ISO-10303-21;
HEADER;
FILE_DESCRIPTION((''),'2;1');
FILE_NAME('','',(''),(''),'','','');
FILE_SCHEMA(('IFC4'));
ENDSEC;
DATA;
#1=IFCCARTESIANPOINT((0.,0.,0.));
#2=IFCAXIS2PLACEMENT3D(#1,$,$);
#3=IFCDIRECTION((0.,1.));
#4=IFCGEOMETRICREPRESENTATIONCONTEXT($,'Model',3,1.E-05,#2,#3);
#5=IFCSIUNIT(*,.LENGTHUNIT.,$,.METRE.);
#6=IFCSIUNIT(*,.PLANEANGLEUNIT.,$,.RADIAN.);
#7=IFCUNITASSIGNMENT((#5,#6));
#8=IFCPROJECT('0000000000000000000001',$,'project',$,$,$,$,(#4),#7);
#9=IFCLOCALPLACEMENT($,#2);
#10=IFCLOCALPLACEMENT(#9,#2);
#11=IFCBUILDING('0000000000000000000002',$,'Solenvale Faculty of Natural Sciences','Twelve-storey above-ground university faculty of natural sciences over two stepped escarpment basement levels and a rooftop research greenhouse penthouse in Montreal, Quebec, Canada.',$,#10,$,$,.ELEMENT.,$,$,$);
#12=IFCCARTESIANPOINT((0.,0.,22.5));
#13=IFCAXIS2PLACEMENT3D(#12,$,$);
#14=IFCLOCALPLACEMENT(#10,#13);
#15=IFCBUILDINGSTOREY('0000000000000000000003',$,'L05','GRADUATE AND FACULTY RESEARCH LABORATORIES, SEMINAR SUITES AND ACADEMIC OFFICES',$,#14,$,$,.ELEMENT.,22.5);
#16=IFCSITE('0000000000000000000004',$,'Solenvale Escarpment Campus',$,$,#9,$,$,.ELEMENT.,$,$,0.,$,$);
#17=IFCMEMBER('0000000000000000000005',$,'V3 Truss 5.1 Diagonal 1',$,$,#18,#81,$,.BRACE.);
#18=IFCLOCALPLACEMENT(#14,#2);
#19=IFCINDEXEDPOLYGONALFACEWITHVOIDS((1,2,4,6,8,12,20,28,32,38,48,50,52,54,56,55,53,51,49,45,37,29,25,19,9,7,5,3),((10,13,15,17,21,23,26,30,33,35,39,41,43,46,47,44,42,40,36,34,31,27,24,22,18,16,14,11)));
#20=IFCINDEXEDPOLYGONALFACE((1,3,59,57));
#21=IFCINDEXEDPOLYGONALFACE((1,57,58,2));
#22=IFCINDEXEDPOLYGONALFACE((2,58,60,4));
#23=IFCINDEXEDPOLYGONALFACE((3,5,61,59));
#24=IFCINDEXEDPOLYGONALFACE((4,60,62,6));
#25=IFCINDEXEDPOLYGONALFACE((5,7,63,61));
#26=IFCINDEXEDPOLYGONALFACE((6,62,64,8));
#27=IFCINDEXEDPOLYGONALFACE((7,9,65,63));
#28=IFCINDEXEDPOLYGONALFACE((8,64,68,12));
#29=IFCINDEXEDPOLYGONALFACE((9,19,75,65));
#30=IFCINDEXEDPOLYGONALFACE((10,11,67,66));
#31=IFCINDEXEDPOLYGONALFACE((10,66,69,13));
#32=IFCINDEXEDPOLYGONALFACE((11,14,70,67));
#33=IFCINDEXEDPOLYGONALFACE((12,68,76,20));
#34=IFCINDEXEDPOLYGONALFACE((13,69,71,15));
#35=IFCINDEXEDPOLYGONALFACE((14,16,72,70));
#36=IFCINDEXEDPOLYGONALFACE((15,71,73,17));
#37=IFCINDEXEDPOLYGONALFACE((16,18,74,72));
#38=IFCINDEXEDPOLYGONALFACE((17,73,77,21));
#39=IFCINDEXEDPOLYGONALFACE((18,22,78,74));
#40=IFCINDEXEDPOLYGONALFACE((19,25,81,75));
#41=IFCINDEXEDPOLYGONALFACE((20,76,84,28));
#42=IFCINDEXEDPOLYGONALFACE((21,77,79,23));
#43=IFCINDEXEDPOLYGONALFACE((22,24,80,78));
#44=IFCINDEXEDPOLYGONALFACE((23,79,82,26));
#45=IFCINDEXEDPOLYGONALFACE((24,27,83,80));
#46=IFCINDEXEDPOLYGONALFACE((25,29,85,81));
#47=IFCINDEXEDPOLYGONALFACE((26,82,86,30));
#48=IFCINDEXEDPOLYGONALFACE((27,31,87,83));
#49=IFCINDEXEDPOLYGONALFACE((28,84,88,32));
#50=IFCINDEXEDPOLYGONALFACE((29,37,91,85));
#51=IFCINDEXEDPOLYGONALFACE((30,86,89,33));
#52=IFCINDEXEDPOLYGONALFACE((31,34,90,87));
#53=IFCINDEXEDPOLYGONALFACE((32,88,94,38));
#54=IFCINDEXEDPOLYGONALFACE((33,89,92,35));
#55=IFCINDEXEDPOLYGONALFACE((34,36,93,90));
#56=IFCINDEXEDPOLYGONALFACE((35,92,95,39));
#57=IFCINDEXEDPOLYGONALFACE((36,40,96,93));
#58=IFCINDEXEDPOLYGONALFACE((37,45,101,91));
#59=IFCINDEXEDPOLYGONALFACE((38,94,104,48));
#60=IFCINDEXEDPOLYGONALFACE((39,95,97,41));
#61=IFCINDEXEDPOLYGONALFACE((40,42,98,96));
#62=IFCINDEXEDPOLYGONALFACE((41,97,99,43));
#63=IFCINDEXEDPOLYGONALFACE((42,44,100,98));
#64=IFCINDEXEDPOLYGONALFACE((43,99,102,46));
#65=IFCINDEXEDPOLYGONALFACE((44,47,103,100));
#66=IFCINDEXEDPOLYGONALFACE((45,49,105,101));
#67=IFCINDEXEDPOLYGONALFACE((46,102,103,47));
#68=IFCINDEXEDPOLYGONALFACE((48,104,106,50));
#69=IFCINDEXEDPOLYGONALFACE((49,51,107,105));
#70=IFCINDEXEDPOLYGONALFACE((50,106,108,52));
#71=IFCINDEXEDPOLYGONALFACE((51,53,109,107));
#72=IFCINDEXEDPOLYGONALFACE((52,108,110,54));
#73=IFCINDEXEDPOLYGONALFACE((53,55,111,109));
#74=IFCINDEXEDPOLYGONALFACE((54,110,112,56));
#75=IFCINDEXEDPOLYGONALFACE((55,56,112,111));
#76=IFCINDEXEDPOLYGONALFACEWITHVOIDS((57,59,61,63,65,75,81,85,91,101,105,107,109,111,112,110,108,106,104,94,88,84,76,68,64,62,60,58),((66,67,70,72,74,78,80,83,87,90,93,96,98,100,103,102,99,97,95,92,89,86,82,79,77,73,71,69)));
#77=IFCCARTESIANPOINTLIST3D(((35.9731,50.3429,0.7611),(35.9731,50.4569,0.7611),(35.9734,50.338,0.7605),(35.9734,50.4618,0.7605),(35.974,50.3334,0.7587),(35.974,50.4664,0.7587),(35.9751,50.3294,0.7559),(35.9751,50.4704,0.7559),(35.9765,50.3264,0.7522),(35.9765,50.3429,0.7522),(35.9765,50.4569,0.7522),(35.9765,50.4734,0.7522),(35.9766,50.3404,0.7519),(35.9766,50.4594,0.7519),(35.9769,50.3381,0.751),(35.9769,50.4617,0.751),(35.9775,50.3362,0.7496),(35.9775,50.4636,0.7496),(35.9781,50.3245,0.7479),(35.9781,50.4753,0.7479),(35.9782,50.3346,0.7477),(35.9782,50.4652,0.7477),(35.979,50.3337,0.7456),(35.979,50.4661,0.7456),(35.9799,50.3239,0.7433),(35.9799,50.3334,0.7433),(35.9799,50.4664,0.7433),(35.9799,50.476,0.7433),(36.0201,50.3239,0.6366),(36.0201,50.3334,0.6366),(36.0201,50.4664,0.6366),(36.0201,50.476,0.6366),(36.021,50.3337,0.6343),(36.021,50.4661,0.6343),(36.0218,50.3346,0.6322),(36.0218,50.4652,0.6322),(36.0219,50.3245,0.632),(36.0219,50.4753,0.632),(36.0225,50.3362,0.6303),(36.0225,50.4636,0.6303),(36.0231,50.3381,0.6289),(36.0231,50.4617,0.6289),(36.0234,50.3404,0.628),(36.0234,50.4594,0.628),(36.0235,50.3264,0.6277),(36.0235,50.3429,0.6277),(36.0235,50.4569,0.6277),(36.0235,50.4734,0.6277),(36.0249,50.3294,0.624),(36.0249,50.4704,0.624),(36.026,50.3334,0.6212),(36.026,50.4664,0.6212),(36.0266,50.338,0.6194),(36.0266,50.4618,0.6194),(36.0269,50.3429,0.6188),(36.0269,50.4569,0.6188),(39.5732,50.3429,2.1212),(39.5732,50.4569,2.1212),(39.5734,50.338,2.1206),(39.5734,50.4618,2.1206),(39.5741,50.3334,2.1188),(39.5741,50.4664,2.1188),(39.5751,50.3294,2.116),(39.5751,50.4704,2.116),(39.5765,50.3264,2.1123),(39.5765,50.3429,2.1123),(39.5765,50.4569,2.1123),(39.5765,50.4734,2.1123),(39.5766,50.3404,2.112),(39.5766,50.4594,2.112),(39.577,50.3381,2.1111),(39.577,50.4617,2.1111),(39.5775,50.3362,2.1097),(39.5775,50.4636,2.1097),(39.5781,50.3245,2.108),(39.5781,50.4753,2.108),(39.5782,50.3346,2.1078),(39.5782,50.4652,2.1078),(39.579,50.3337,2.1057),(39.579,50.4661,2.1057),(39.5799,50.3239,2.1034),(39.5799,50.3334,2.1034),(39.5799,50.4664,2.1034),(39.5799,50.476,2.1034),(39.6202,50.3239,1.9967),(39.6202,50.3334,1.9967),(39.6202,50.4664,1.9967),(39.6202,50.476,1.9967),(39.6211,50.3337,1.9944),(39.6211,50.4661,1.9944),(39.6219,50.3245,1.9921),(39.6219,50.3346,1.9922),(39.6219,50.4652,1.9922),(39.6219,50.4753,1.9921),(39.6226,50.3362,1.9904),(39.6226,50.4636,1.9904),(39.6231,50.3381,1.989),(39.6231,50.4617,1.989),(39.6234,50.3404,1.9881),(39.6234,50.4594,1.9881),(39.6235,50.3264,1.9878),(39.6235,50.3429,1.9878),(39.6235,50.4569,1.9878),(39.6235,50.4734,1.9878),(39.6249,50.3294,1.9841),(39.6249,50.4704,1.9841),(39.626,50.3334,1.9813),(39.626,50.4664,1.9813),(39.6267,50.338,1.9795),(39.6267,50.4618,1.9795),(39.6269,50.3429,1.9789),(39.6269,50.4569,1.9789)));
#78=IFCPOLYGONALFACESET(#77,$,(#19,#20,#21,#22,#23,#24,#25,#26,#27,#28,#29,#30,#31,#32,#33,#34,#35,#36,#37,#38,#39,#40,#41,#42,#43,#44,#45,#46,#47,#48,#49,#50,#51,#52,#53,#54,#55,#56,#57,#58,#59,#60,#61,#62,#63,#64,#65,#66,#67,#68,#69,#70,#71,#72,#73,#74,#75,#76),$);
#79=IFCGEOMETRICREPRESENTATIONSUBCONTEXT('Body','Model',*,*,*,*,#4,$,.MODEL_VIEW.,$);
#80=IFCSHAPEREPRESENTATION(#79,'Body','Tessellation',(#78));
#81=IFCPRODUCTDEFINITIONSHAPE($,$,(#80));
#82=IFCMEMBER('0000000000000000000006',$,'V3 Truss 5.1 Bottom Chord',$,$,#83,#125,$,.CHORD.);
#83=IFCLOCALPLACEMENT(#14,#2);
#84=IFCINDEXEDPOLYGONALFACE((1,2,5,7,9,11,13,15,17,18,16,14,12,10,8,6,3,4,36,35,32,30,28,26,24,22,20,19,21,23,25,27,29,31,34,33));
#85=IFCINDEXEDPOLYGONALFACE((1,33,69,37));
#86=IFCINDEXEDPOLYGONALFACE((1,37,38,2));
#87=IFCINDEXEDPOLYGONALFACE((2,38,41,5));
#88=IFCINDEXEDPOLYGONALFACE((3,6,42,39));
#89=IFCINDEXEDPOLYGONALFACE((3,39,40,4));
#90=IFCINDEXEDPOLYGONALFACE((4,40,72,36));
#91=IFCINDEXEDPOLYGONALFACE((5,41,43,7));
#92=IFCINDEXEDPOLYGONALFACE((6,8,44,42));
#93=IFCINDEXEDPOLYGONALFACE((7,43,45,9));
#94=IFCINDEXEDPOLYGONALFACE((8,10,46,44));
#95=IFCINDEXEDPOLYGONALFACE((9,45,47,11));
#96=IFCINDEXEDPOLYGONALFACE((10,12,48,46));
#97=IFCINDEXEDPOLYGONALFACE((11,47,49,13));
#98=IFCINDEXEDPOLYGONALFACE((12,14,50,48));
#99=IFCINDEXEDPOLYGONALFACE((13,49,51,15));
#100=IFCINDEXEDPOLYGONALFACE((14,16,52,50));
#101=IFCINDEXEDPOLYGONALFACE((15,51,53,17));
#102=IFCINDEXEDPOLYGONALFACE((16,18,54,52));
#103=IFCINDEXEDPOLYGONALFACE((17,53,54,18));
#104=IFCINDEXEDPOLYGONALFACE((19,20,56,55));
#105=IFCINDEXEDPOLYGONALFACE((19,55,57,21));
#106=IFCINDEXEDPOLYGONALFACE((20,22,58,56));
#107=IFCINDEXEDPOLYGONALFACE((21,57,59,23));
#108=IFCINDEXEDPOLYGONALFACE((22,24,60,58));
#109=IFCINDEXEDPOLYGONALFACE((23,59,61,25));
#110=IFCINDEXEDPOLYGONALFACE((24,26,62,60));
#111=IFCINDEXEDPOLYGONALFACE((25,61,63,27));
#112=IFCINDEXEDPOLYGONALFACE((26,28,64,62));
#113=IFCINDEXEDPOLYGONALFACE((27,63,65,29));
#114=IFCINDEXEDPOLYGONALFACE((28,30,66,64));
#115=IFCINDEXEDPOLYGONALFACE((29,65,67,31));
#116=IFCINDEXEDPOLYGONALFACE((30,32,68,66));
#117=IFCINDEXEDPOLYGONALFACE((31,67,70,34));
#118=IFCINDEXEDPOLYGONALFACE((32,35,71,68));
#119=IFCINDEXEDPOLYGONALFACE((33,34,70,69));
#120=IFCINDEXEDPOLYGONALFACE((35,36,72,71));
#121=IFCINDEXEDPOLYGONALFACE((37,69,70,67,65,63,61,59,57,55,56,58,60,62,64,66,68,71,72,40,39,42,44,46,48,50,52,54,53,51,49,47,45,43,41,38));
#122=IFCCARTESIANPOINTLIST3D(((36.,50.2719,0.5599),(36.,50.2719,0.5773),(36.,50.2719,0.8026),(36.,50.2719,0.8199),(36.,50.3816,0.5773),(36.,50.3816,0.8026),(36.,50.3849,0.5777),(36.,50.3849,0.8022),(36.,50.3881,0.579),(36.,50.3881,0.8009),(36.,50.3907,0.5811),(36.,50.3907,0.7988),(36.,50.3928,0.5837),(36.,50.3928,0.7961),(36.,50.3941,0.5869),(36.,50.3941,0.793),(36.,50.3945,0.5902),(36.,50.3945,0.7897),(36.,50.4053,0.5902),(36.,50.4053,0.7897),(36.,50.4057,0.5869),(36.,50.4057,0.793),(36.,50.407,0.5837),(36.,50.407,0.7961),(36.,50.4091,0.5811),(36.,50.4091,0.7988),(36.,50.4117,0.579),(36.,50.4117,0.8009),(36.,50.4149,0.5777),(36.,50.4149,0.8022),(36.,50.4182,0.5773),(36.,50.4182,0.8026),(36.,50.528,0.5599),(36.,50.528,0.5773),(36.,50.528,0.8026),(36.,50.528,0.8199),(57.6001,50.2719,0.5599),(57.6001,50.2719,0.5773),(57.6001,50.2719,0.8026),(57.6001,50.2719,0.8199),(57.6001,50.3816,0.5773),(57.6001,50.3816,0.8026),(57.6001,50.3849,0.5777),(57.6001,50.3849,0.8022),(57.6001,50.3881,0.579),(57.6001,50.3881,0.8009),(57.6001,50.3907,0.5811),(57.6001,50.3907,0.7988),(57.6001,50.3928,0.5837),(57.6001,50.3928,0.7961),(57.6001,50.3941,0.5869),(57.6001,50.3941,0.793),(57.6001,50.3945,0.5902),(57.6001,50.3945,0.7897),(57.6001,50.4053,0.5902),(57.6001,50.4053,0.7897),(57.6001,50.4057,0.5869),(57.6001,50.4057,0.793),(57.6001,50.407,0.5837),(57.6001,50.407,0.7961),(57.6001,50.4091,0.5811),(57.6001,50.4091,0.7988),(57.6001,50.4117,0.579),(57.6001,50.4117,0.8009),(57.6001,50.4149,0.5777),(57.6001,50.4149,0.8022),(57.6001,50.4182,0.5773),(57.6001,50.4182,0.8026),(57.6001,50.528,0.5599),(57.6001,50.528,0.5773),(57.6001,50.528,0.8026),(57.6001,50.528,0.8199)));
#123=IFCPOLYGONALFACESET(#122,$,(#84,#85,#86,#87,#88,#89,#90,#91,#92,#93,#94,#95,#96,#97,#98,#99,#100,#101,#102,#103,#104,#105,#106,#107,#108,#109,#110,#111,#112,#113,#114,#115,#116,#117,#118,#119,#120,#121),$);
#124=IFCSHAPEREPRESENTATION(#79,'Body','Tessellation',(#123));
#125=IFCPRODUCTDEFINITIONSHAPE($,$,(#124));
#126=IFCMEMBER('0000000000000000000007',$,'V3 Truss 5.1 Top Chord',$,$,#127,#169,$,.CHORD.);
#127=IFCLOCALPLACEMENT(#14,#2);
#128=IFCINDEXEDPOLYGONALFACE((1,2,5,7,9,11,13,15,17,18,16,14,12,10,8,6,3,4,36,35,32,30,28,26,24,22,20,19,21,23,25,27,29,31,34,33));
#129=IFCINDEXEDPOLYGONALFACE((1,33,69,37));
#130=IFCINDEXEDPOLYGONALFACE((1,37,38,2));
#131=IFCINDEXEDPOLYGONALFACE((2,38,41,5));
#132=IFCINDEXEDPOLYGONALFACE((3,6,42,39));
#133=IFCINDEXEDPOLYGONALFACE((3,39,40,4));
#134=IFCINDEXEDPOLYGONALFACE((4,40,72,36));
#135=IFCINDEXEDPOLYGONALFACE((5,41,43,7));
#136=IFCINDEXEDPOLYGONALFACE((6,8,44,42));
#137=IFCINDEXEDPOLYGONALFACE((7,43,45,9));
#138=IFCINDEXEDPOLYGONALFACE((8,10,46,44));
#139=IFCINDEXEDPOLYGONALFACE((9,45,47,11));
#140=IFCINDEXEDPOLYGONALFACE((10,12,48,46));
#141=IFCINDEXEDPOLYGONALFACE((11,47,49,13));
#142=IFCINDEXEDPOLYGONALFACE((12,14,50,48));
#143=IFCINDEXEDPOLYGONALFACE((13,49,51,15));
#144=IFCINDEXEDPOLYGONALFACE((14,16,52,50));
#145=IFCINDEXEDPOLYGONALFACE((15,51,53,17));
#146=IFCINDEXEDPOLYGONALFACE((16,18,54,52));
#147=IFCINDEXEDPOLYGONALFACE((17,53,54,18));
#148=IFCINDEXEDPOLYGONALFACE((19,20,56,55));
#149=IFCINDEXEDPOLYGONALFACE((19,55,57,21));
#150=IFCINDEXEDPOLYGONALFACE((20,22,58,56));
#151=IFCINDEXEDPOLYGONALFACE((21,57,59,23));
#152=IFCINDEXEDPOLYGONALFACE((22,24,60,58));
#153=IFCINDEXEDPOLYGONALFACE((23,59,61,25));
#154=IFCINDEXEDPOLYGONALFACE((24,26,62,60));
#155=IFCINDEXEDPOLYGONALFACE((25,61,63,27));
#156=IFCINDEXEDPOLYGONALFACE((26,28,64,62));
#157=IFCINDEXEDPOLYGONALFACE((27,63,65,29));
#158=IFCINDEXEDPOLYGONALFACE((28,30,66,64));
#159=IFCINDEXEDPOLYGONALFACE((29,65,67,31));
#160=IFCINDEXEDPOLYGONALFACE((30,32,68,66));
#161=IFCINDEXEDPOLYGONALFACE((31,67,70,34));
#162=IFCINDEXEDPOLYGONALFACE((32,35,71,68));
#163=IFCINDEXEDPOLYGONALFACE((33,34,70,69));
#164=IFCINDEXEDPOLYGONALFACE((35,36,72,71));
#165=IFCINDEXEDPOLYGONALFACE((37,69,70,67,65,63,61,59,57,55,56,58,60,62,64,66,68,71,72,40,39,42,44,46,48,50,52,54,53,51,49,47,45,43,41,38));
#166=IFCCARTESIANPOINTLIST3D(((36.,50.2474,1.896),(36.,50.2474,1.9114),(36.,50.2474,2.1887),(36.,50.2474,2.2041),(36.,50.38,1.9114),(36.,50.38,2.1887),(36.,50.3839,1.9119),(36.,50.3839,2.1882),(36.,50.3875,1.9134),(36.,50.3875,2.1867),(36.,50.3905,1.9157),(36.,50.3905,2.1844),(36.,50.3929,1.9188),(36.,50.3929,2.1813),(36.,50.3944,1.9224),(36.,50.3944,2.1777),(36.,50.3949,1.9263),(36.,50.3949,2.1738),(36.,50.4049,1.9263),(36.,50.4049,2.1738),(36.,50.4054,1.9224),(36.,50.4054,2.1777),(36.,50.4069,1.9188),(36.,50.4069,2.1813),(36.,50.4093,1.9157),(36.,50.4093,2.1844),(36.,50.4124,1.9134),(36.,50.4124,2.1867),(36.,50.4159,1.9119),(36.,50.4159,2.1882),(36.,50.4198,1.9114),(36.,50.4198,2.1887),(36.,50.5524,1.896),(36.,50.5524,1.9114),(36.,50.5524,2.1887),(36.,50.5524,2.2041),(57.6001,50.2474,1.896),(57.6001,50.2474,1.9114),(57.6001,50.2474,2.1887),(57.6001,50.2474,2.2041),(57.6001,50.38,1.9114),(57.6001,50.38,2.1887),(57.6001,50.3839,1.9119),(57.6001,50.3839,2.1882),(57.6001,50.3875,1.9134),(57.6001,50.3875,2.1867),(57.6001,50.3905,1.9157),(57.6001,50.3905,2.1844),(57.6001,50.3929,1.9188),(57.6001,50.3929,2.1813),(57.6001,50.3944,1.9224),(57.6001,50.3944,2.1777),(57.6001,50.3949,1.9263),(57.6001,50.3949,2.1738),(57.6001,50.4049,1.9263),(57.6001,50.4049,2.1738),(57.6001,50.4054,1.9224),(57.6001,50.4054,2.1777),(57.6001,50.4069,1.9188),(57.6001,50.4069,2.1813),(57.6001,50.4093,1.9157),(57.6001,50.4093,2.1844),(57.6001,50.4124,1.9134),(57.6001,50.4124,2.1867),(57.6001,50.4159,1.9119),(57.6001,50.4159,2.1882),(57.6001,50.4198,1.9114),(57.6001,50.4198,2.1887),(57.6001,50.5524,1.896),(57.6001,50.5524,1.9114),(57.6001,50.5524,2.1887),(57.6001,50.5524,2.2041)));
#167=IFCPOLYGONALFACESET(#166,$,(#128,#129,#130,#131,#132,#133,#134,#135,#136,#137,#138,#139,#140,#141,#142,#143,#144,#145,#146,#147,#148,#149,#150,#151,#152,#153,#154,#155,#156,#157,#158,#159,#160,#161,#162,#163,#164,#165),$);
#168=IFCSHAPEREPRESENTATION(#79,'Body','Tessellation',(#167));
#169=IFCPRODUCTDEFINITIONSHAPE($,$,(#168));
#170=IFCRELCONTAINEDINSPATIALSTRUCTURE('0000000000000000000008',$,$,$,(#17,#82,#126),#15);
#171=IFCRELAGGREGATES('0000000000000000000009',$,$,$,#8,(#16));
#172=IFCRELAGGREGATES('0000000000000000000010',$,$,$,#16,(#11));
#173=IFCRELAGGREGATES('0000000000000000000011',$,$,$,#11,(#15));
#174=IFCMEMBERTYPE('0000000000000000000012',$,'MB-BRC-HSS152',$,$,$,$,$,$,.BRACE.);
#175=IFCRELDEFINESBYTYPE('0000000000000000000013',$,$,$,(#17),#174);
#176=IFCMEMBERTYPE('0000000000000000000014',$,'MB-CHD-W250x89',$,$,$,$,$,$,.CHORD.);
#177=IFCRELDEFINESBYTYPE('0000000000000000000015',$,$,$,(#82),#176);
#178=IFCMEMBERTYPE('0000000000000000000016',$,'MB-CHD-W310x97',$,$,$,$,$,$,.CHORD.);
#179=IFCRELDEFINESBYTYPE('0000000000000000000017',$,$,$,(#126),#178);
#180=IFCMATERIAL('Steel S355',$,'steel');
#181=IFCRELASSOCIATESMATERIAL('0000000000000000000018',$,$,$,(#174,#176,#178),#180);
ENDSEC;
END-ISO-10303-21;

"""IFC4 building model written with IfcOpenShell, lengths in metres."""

from ifc_helpers import new_model, si_unit, direction, frame, origin, origin_2d, place, context, subcontext, project, spatial, hollow_rectangle, i_section, extrude, material, material_profile, profile_set, type_object, element, save


model = new_model("IFC4")

# Units and contexts
model_context = context("Model", 3, precision=1e-05, world=origin(), true_north=direction((0.0, 1.0)))
body_context = subcontext(model_context, "Body", "Model", "MODEL_VIEW")
ifc_project = project(units=[si_unit("LENGTHUNIT", "METRE"), si_unit("PLANEANGLEUNIT", "RADIAN")], contexts=[model_context])

# Site, building, storey
site_placement = place(None, origin())
site = spatial("IfcSite", under=ifc_project, at=site_placement, Name="Solenvale Escarpment Campus", CompositionType="ELEMENT", RefElevation=0.0)
building_placement = place(site_placement, origin())
building = spatial("IfcBuilding", under=site, at=building_placement, Name="Solenvale Faculty of Natural Sciences", Description="Twelve-storey above-ground university faculty of natural sciences over two stepped escarpment basement levels and a rooftop research greenhouse penthouse in Montreal, Quebec, Canada.", CompositionType="ELEMENT")
storey_placement = place(building_placement, frame((0.0, 0.0, 22.5)))
storey = spatial("IfcBuildingStorey", under=building, at=storey_placement, Name="L05", Description="GRADUATE AND FACULTY RESEARCH LABORATORIES, SEMINAR SUITES AND ACADEMIC OFFICES", CompositionType="ELEMENT", Elevation=22.5)

# Shared definitions
ifc_material_1 = material(Name="Steel S355", Category="steel")

# Members
ifc_material_profile_1 = material_profile(ifc_material_1, hollow_rectangle(XDim=0.1521, YDim=0.1521, WallThickness=0.0095, InnerFilletRadius=0.0095, OuterFilletRadius=0.019, at=origin_2d()), Name="HSS152x152x9.5")
ifc_profile_set_1 = profile_set([ifc_material_profile_1], Name="Steel S355")
member_type_1 = type_object("IfcMemberType", Name="MB-BRC-HSS152", PredefinedType="BRACE", material=ifc_profile_set_1)
member_1_placement = place(storey_placement, frame((36.0, 50.3999, 0.6899), z_axis=(0.935466, 0.0, 0.353417), x_axis=(0.0, 1.0, 0.0)))
element("IfcMember", 1, at=member_1_placement, inside=storey, type_object=member_type_1, Name="V3 Truss 5.1 Diagonal 1", PredefinedType="BRACE", context=body_context, shape_type="SweptSolid", body=[
    extrude(hollow_rectangle(XDim=0.1521, YDim=0.1521, WallThickness=0.0095, InnerFilletRadius=0.0095, OuterFilletRadius=0.019, at=origin_2d()), origin(), (0.0, 0.0, 1.0), 3.8484),
])
ifc_material_profile_2 = material_profile(ifc_material_1, i_section(OverallWidth=0.2561, OverallDepth=0.26, WebThickness=0.0107, FlangeThickness=0.0173, FilletRadius=0.0129, at=origin_2d()), Name="W250x89")
ifc_profile_set_2 = profile_set([ifc_material_profile_2], Name="Steel S355")
member_type_2 = type_object("IfcMemberType", Name="MB-CHD-W250x89", PredefinedType="CHORD", material=ifc_profile_set_2)
member_2_placement = place(storey_placement, frame((36.0, 50.3999, 0.6899), z_axis=(1.0, 0.0, 0.0), x_axis=(0.0, 1.0, 0.0)))
element("IfcMember", 2, at=member_2_placement, inside=storey, type_object=member_type_2, Name="V3 Truss 5.1 Bottom Chord", PredefinedType="CHORD", context=body_context, shape_type="SweptSolid", body=[
    extrude(i_section(OverallWidth=0.2561, OverallDepth=0.26, WebThickness=0.0107, FlangeThickness=0.0173, FilletRadius=0.0129, at=origin_2d()), origin(), (0.0, 0.0, 1.0), 21.6001),
])
ifc_material_profile_3 = material_profile(ifc_material_1, i_section(OverallWidth=0.3049, OverallDepth=0.3081, WebThickness=0.01, FlangeThickness=0.0154, FilletRadius=0.0149, at=origin_2d()), Name="W310x97")
ifc_profile_set_3 = profile_set([ifc_material_profile_3], Name="Steel S355")
member_type_3 = type_object("IfcMemberType", Name="MB-CHD-W310x97", PredefinedType="CHORD", material=ifc_profile_set_3)
member_3_placement = place(storey_placement, frame((36.0, 50.3999, 2.05), z_axis=(1.0, 0.0, 0.0), x_axis=(0.0, 1.0, 0.0)))
element("IfcMember", 3, at=member_3_placement, inside=storey, type_object=member_type_3, Name="V3 Truss 5.1 Top Chord", PredefinedType="CHORD", context=body_context, shape_type="SweptSolid", body=[
    extrude(i_section(OverallWidth=0.3049, OverallDepth=0.3081, WebThickness=0.01, FlangeThickness=0.0154, FilletRadius=0.0149, at=origin_2d()), origin(), (0.0, 0.0, 1.0), 21.6001),
])

save(model, "model.ifc")
